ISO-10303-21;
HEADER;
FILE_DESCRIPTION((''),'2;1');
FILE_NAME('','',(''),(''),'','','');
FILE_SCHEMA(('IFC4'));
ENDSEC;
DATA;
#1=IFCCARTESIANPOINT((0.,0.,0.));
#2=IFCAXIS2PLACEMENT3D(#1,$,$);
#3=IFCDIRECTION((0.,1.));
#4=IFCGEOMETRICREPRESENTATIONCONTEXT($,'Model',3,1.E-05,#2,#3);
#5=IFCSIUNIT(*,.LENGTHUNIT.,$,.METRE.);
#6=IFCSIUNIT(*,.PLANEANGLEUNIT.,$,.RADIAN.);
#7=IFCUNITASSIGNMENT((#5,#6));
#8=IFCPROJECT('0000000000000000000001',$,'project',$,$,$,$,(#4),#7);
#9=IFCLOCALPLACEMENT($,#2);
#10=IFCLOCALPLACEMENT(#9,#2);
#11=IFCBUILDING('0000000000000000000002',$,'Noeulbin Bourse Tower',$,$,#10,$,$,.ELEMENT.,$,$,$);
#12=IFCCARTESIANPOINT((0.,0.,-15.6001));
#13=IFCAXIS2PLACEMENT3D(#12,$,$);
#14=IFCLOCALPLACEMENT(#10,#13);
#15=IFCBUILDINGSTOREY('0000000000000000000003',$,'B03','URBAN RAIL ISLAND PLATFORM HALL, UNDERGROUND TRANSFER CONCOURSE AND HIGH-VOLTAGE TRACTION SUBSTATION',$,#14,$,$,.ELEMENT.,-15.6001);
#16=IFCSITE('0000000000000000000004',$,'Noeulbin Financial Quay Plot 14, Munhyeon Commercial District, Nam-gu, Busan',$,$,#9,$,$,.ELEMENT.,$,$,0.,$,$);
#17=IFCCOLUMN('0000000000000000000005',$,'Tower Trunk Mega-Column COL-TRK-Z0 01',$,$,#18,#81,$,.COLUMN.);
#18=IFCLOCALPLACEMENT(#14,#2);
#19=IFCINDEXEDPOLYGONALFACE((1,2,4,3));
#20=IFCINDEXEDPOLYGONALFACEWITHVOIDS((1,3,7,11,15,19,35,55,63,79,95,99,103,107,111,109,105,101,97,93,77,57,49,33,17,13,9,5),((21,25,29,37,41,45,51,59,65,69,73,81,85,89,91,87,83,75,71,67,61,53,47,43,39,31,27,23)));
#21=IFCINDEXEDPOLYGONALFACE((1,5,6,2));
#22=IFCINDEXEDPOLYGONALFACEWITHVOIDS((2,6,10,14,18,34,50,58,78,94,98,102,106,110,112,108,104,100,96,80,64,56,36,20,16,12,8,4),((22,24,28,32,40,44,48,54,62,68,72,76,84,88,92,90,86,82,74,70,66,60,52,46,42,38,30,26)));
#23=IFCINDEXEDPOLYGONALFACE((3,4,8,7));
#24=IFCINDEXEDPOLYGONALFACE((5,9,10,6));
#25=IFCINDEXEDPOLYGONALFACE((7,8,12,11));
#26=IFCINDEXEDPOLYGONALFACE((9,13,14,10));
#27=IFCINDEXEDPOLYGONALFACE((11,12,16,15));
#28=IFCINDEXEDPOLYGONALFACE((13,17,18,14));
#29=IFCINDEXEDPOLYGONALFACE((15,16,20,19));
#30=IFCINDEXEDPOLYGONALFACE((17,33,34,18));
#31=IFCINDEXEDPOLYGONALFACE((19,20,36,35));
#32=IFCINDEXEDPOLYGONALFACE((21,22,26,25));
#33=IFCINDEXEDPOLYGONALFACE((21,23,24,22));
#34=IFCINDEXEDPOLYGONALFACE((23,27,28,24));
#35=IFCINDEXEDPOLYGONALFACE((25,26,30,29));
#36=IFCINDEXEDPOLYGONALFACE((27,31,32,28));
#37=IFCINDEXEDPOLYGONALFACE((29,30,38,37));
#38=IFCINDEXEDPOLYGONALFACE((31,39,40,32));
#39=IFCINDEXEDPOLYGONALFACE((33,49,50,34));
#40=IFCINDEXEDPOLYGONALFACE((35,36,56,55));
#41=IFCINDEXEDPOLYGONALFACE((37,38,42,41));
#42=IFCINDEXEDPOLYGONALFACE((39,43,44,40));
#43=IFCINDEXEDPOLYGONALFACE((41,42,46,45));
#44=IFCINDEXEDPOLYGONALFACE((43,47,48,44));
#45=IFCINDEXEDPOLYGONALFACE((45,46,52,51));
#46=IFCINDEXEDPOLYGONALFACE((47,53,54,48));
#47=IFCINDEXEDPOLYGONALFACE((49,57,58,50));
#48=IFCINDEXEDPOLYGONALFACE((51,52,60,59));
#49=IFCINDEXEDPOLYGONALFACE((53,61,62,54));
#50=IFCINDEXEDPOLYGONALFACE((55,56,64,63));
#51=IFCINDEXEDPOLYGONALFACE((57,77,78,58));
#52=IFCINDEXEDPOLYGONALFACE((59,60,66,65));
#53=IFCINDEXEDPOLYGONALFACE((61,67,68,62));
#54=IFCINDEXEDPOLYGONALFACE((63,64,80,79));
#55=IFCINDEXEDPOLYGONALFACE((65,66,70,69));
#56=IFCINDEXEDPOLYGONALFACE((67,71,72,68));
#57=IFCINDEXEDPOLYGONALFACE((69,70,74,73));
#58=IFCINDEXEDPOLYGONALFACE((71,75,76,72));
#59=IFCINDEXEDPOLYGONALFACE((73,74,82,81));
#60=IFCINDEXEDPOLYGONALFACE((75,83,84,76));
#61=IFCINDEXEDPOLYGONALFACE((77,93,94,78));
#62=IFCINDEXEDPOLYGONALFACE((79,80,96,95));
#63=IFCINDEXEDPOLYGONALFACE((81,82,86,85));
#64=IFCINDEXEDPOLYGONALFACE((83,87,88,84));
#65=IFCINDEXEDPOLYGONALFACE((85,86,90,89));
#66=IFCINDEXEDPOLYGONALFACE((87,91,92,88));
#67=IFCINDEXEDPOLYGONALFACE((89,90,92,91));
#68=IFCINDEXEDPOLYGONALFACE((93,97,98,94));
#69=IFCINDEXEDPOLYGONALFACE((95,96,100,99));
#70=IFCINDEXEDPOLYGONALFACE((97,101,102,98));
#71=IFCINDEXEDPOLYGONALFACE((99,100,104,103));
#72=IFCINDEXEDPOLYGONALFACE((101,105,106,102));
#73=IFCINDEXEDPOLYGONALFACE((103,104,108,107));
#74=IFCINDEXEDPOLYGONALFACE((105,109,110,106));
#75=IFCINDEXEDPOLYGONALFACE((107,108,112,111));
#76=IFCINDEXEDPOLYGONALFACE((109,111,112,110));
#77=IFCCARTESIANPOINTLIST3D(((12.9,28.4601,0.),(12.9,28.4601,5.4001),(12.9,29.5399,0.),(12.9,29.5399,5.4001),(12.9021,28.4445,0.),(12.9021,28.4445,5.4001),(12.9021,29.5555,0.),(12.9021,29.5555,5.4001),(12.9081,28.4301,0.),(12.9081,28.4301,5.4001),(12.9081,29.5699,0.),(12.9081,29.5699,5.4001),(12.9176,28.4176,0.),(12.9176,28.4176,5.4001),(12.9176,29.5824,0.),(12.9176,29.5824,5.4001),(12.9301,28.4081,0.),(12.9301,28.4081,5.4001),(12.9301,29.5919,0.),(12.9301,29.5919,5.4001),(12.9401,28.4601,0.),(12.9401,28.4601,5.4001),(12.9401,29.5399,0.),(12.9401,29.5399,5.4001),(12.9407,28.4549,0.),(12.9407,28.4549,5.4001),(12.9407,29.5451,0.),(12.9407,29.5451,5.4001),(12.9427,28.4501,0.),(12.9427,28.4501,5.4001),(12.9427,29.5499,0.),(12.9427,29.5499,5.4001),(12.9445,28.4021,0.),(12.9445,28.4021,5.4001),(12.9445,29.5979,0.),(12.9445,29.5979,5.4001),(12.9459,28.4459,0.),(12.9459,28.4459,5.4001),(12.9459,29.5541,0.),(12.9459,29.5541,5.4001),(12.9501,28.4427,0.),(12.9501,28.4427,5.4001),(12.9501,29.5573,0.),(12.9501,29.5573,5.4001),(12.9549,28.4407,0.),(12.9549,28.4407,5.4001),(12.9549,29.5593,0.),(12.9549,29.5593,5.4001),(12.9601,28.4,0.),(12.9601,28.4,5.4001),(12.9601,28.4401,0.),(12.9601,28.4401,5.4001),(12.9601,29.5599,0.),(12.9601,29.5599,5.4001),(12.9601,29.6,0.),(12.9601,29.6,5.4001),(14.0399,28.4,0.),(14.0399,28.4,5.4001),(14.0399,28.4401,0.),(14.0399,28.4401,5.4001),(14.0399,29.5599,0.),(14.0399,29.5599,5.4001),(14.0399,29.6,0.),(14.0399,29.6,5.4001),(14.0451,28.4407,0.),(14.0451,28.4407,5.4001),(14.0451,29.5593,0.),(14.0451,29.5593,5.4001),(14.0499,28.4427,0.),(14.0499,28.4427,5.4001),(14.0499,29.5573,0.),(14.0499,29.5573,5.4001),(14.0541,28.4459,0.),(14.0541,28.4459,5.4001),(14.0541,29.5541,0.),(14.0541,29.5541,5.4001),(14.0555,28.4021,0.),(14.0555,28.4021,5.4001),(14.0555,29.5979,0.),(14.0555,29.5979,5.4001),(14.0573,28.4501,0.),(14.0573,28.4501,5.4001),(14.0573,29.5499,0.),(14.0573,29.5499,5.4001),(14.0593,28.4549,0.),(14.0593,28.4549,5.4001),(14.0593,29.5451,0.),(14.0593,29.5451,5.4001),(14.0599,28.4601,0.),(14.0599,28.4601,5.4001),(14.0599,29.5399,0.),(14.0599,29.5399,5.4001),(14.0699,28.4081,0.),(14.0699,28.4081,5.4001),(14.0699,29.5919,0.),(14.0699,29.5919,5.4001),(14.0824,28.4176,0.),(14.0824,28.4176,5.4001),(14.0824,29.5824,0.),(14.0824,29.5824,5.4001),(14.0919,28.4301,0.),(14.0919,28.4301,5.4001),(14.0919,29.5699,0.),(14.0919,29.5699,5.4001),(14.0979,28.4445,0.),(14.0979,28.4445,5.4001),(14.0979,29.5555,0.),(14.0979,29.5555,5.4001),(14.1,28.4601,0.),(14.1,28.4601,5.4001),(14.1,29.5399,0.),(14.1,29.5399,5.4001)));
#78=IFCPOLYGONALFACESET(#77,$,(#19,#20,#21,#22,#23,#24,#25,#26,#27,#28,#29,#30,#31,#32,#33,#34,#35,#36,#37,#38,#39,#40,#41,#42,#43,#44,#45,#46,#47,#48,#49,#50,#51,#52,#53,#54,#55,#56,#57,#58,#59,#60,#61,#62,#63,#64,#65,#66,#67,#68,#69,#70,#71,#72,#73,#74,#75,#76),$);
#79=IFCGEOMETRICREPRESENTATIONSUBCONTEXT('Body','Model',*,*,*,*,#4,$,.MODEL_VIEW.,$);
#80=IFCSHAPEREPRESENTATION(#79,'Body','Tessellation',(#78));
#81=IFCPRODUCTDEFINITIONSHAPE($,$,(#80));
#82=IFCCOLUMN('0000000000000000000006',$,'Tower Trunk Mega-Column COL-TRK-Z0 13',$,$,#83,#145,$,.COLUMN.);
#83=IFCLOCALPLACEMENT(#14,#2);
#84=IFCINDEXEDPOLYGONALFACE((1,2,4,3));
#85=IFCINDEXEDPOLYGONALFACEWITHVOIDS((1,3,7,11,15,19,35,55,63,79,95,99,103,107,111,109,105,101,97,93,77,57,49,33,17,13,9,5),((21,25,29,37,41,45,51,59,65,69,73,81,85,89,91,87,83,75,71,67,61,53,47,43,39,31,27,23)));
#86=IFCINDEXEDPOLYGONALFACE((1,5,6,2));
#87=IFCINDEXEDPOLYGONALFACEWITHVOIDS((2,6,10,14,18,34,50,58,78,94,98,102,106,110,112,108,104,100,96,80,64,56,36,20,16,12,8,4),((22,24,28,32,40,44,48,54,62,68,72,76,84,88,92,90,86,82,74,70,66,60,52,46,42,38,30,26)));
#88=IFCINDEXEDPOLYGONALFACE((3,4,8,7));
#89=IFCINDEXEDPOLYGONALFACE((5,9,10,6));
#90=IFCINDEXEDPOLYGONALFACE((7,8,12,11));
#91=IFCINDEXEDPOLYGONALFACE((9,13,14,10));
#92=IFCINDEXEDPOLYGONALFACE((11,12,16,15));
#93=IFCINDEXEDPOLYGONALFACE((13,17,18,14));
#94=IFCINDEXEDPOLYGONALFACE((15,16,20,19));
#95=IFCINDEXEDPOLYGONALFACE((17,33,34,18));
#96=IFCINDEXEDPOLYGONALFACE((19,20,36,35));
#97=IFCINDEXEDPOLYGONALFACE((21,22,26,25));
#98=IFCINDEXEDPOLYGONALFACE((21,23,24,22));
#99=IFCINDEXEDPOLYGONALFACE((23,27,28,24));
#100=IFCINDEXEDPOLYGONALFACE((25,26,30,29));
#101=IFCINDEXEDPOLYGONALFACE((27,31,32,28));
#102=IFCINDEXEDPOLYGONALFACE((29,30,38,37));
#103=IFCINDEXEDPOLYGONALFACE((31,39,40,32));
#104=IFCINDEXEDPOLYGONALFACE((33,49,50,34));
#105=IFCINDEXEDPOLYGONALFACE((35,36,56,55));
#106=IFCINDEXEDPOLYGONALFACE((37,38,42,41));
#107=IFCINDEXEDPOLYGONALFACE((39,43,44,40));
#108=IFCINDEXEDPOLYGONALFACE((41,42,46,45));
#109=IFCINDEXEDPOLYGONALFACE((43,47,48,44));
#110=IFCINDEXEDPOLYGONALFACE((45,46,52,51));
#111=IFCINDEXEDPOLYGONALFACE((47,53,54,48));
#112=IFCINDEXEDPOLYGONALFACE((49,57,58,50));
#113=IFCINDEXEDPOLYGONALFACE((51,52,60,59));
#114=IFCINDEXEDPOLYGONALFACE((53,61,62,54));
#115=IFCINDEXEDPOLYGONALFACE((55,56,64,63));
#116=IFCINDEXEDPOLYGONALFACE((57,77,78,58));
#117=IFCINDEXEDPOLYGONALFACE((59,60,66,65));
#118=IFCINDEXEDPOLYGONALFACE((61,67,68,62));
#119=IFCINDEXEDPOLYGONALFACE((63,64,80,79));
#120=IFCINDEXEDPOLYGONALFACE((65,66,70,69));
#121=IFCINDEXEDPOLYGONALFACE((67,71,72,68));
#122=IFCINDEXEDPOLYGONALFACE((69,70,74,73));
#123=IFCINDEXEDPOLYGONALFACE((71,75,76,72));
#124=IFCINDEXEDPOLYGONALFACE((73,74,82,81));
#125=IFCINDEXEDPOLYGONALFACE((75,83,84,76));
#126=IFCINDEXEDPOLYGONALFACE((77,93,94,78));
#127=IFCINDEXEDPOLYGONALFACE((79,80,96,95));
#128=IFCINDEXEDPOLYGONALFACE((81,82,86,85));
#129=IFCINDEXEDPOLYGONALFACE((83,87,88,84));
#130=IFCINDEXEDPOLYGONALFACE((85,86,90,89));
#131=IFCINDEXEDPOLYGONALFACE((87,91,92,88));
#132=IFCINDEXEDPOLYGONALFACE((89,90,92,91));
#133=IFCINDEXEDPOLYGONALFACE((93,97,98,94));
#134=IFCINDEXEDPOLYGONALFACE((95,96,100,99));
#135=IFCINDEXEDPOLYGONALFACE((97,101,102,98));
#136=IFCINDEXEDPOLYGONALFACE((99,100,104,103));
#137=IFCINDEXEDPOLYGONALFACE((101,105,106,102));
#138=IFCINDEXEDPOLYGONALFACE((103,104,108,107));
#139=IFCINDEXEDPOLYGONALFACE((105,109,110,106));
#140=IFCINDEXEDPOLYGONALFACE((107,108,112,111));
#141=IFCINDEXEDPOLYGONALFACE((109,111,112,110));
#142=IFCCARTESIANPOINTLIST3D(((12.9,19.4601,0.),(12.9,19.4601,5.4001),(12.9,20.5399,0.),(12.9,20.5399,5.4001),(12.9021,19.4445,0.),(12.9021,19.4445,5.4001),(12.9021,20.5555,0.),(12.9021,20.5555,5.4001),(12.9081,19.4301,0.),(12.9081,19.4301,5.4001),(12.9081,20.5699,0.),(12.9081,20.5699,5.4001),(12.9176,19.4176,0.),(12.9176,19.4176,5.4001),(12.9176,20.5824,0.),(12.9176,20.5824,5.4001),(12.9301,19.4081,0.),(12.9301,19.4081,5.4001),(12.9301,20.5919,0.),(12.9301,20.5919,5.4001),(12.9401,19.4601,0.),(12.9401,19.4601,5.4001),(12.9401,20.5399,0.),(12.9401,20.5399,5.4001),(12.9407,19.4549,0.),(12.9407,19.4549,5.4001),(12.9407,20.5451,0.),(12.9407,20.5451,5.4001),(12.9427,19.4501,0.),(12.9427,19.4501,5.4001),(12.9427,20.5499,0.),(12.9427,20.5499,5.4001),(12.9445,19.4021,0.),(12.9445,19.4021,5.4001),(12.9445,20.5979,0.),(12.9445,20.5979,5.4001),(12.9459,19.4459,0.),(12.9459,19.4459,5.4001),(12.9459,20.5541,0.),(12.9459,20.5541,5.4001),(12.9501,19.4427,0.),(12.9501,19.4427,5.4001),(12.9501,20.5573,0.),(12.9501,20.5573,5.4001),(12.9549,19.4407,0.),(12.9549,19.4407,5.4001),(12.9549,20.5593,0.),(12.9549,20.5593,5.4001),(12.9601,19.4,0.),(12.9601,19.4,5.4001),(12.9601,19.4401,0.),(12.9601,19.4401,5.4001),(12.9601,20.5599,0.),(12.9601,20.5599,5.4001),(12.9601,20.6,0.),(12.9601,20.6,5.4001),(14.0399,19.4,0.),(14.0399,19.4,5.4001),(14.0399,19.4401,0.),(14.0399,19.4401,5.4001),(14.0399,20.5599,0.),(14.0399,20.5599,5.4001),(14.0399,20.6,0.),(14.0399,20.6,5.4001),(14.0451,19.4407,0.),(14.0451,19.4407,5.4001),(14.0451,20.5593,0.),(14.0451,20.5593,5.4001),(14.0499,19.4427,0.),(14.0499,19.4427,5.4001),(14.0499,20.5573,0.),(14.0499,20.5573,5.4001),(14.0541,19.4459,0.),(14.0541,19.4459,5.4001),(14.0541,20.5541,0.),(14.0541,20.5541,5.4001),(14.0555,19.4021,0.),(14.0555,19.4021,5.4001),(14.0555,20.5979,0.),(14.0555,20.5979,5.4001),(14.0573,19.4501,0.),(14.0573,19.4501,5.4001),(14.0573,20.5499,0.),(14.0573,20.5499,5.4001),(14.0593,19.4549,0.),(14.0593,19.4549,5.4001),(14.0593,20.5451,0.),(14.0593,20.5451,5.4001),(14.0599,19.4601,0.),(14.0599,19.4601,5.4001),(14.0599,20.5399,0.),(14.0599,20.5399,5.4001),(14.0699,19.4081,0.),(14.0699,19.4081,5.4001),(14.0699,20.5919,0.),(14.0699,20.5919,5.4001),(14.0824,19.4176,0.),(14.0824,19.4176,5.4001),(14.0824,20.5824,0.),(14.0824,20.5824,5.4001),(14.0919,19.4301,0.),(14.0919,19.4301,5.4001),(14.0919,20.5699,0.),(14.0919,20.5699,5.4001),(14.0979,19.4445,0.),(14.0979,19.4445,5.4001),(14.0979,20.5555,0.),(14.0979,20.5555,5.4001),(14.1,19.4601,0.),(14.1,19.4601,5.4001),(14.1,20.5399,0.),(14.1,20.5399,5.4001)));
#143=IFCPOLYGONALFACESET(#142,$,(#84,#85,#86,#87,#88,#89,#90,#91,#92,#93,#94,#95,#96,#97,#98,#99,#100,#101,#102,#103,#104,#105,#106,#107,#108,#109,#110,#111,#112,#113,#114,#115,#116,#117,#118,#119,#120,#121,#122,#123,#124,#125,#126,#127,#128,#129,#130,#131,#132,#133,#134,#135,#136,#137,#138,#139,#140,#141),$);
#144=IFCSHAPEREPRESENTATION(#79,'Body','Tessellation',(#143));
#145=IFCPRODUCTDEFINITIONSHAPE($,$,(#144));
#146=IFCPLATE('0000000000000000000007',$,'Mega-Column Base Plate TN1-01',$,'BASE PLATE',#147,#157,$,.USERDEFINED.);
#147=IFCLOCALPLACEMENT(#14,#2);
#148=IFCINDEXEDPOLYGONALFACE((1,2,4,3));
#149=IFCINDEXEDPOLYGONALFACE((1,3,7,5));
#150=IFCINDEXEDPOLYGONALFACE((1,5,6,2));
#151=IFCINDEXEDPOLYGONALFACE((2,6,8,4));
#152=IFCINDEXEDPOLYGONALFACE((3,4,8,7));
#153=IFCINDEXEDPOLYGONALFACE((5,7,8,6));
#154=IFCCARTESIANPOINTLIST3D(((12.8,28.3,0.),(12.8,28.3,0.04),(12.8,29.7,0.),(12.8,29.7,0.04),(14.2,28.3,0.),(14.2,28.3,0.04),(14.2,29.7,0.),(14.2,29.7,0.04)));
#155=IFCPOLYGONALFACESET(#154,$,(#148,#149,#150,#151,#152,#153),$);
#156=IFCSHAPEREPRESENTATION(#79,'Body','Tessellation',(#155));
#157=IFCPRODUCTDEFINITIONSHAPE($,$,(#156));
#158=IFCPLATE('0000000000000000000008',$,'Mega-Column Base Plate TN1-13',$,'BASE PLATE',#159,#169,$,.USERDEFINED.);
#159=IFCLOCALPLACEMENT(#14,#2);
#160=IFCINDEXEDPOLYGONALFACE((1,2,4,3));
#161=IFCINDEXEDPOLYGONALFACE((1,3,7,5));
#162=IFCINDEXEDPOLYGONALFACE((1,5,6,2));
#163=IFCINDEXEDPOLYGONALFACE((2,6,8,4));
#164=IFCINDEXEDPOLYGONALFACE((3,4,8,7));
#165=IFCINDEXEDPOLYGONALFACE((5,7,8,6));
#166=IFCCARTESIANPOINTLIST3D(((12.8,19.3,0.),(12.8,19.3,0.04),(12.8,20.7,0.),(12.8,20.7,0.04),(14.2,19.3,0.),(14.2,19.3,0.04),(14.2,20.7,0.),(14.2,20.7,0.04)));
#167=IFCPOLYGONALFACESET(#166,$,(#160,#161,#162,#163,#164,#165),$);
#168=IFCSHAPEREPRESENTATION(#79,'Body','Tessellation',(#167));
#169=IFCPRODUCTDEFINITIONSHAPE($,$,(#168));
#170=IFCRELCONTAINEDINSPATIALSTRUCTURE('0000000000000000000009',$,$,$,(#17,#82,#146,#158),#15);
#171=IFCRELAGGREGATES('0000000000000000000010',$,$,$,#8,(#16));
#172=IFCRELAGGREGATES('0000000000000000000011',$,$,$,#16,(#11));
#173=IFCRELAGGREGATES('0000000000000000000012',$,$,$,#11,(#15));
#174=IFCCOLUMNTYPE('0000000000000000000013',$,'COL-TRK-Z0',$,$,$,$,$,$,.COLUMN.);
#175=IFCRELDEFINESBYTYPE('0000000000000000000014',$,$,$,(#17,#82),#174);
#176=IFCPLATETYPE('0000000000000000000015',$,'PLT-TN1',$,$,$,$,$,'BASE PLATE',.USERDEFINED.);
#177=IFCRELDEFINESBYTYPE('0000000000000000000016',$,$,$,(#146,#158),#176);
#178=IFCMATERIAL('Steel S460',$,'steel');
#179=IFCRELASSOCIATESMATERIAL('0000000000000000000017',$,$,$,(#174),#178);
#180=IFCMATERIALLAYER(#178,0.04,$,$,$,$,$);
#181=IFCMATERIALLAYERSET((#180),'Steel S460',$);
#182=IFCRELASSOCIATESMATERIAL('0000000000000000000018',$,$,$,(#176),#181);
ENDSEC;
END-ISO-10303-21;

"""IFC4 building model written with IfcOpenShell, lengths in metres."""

from ifc_helpers import new_model, si_unit, direction, frame, origin, origin_2d, place, context, subcontext, project, spatial, rectangle, hollow_rectangle, extrude, material, layer, layer_set, material_profile, profile_set, type_object, element, save


model = new_model("IFC4")

# Units and contexts
model_context = context("Model", 3, precision=1e-05, world=origin(), true_north=direction((0.0, 1.0)))
body_context = subcontext(model_context, "Body", "Model", "MODEL_VIEW")
ifc_project = project(units=[si_unit("LENGTHUNIT", "METRE"), si_unit("PLANEANGLEUNIT", "RADIAN")], contexts=[model_context])

# Site, building, storey
site_placement = place(None, origin())
site = spatial("IfcSite", under=ifc_project, at=site_placement, Name="Noeulbin Financial Quay Plot 14, Munhyeon Commercial District, Nam-gu, Busan", CompositionType="ELEMENT", RefElevation=0.0)
building_placement = place(site_placement, origin())
building = spatial("IfcBuilding", under=site, at=building_placement, Name="Noeulbin Bourse Tower", CompositionType="ELEMENT")
storey_placement = place(building_placement, frame((0.0, 0.0, -15.6001)))
storey = spatial("IfcBuildingStorey", under=building, at=storey_placement, Name="B03", Description="URBAN RAIL ISLAND PLATFORM HALL, UNDERGROUND TRANSFER CONCOURSE AND HIGH-VOLTAGE TRACTION SUBSTATION", CompositionType="ELEMENT", Elevation=-15.6001)

# Columns
ifc_material_1 = material(Name="Steel S460", Category="steel")
ifc_material_profile_1 = material_profile(ifc_material_1, hollow_rectangle(XDim=1.2, YDim=1.2, WallThickness=0.04, InnerFilletRadius=0.02, OuterFilletRadius=0.0601, at=origin_2d()), Name="BOX-1200x1200x40", Category="LoadBearing")
ifc_profile_set_1 = profile_set([ifc_material_profile_1], Name="Steel S460")
column_type_1 = type_object("IfcColumnType", Name="COL-TRK-Z0", PredefinedType="COLUMN", material=ifc_profile_set_1)
for number, where, z_axis, x_axis, name in (
    (1, (13.5, 29.0, 0.0), (0.0, 0.0, 1.0), (1.0, 0.0, 0.0), "Tower Trunk Mega-Column COL-TRK-Z0 01"),
    (2, (13.5, 20.0, 0.0), (0.0, 0.0, 1.0), (1.0, 0.0, 0.0), "Tower Trunk Mega-Column COL-TRK-Z0 13"),
):
    element("IfcColumn", number, at=place(storey_placement, frame(where, z_axis=z_axis, x_axis=x_axis)), inside=storey, type_object=column_type_1, Name=name, PredefinedType="COLUMN", context=body_context, shape_type="SweptSolid", body=[
        extrude(hollow_rectangle(XDim=1.2, YDim=1.2, WallThickness=0.04, InnerFilletRadius=0.02, OuterFilletRadius=0.0601, at=origin_2d()), origin(), (0.0, 0.0, 1.0), 5.4001),
    ])

# Plates
ifc_layer_1 = layer(ifc_material_1, 0.04)
ifc_layer_set_1 = layer_set([ifc_layer_1], Name="Steel S460")
plate_type = type_object("IfcPlateType", Name="PLT-TN1", ElementType="BASE PLATE", PredefinedType="USERDEFINED", material=ifc_layer_set_1)
for number, where, z_axis, x_axis, name in (
    (3, (13.5, 29.0, 0.0), (0.0, 0.0, 1.0), (1.0, 0.0, 0.0), "Mega-Column Base Plate TN1-01"),
    (4, (13.5, 20.0, 0.0), (0.0, 0.0, 1.0), (1.0, 0.0, 0.0), "Mega-Column Base Plate TN1-13"),
):
    element("IfcPlate", number, at=place(storey_placement, frame(where, z_axis=z_axis, x_axis=x_axis)), inside=storey, type_object=plate_type, Name=name, ObjectType="BASE PLATE", PredefinedType="USERDEFINED", context=body_context, shape_type="SweptSolid", body=[
        extrude(rectangle(XDim=1.3999, YDim=1.3999, at=origin_2d()), origin(), (0.0, 0.0, 1.0), 0.04),
    ])

save(model, "model.ifc")
